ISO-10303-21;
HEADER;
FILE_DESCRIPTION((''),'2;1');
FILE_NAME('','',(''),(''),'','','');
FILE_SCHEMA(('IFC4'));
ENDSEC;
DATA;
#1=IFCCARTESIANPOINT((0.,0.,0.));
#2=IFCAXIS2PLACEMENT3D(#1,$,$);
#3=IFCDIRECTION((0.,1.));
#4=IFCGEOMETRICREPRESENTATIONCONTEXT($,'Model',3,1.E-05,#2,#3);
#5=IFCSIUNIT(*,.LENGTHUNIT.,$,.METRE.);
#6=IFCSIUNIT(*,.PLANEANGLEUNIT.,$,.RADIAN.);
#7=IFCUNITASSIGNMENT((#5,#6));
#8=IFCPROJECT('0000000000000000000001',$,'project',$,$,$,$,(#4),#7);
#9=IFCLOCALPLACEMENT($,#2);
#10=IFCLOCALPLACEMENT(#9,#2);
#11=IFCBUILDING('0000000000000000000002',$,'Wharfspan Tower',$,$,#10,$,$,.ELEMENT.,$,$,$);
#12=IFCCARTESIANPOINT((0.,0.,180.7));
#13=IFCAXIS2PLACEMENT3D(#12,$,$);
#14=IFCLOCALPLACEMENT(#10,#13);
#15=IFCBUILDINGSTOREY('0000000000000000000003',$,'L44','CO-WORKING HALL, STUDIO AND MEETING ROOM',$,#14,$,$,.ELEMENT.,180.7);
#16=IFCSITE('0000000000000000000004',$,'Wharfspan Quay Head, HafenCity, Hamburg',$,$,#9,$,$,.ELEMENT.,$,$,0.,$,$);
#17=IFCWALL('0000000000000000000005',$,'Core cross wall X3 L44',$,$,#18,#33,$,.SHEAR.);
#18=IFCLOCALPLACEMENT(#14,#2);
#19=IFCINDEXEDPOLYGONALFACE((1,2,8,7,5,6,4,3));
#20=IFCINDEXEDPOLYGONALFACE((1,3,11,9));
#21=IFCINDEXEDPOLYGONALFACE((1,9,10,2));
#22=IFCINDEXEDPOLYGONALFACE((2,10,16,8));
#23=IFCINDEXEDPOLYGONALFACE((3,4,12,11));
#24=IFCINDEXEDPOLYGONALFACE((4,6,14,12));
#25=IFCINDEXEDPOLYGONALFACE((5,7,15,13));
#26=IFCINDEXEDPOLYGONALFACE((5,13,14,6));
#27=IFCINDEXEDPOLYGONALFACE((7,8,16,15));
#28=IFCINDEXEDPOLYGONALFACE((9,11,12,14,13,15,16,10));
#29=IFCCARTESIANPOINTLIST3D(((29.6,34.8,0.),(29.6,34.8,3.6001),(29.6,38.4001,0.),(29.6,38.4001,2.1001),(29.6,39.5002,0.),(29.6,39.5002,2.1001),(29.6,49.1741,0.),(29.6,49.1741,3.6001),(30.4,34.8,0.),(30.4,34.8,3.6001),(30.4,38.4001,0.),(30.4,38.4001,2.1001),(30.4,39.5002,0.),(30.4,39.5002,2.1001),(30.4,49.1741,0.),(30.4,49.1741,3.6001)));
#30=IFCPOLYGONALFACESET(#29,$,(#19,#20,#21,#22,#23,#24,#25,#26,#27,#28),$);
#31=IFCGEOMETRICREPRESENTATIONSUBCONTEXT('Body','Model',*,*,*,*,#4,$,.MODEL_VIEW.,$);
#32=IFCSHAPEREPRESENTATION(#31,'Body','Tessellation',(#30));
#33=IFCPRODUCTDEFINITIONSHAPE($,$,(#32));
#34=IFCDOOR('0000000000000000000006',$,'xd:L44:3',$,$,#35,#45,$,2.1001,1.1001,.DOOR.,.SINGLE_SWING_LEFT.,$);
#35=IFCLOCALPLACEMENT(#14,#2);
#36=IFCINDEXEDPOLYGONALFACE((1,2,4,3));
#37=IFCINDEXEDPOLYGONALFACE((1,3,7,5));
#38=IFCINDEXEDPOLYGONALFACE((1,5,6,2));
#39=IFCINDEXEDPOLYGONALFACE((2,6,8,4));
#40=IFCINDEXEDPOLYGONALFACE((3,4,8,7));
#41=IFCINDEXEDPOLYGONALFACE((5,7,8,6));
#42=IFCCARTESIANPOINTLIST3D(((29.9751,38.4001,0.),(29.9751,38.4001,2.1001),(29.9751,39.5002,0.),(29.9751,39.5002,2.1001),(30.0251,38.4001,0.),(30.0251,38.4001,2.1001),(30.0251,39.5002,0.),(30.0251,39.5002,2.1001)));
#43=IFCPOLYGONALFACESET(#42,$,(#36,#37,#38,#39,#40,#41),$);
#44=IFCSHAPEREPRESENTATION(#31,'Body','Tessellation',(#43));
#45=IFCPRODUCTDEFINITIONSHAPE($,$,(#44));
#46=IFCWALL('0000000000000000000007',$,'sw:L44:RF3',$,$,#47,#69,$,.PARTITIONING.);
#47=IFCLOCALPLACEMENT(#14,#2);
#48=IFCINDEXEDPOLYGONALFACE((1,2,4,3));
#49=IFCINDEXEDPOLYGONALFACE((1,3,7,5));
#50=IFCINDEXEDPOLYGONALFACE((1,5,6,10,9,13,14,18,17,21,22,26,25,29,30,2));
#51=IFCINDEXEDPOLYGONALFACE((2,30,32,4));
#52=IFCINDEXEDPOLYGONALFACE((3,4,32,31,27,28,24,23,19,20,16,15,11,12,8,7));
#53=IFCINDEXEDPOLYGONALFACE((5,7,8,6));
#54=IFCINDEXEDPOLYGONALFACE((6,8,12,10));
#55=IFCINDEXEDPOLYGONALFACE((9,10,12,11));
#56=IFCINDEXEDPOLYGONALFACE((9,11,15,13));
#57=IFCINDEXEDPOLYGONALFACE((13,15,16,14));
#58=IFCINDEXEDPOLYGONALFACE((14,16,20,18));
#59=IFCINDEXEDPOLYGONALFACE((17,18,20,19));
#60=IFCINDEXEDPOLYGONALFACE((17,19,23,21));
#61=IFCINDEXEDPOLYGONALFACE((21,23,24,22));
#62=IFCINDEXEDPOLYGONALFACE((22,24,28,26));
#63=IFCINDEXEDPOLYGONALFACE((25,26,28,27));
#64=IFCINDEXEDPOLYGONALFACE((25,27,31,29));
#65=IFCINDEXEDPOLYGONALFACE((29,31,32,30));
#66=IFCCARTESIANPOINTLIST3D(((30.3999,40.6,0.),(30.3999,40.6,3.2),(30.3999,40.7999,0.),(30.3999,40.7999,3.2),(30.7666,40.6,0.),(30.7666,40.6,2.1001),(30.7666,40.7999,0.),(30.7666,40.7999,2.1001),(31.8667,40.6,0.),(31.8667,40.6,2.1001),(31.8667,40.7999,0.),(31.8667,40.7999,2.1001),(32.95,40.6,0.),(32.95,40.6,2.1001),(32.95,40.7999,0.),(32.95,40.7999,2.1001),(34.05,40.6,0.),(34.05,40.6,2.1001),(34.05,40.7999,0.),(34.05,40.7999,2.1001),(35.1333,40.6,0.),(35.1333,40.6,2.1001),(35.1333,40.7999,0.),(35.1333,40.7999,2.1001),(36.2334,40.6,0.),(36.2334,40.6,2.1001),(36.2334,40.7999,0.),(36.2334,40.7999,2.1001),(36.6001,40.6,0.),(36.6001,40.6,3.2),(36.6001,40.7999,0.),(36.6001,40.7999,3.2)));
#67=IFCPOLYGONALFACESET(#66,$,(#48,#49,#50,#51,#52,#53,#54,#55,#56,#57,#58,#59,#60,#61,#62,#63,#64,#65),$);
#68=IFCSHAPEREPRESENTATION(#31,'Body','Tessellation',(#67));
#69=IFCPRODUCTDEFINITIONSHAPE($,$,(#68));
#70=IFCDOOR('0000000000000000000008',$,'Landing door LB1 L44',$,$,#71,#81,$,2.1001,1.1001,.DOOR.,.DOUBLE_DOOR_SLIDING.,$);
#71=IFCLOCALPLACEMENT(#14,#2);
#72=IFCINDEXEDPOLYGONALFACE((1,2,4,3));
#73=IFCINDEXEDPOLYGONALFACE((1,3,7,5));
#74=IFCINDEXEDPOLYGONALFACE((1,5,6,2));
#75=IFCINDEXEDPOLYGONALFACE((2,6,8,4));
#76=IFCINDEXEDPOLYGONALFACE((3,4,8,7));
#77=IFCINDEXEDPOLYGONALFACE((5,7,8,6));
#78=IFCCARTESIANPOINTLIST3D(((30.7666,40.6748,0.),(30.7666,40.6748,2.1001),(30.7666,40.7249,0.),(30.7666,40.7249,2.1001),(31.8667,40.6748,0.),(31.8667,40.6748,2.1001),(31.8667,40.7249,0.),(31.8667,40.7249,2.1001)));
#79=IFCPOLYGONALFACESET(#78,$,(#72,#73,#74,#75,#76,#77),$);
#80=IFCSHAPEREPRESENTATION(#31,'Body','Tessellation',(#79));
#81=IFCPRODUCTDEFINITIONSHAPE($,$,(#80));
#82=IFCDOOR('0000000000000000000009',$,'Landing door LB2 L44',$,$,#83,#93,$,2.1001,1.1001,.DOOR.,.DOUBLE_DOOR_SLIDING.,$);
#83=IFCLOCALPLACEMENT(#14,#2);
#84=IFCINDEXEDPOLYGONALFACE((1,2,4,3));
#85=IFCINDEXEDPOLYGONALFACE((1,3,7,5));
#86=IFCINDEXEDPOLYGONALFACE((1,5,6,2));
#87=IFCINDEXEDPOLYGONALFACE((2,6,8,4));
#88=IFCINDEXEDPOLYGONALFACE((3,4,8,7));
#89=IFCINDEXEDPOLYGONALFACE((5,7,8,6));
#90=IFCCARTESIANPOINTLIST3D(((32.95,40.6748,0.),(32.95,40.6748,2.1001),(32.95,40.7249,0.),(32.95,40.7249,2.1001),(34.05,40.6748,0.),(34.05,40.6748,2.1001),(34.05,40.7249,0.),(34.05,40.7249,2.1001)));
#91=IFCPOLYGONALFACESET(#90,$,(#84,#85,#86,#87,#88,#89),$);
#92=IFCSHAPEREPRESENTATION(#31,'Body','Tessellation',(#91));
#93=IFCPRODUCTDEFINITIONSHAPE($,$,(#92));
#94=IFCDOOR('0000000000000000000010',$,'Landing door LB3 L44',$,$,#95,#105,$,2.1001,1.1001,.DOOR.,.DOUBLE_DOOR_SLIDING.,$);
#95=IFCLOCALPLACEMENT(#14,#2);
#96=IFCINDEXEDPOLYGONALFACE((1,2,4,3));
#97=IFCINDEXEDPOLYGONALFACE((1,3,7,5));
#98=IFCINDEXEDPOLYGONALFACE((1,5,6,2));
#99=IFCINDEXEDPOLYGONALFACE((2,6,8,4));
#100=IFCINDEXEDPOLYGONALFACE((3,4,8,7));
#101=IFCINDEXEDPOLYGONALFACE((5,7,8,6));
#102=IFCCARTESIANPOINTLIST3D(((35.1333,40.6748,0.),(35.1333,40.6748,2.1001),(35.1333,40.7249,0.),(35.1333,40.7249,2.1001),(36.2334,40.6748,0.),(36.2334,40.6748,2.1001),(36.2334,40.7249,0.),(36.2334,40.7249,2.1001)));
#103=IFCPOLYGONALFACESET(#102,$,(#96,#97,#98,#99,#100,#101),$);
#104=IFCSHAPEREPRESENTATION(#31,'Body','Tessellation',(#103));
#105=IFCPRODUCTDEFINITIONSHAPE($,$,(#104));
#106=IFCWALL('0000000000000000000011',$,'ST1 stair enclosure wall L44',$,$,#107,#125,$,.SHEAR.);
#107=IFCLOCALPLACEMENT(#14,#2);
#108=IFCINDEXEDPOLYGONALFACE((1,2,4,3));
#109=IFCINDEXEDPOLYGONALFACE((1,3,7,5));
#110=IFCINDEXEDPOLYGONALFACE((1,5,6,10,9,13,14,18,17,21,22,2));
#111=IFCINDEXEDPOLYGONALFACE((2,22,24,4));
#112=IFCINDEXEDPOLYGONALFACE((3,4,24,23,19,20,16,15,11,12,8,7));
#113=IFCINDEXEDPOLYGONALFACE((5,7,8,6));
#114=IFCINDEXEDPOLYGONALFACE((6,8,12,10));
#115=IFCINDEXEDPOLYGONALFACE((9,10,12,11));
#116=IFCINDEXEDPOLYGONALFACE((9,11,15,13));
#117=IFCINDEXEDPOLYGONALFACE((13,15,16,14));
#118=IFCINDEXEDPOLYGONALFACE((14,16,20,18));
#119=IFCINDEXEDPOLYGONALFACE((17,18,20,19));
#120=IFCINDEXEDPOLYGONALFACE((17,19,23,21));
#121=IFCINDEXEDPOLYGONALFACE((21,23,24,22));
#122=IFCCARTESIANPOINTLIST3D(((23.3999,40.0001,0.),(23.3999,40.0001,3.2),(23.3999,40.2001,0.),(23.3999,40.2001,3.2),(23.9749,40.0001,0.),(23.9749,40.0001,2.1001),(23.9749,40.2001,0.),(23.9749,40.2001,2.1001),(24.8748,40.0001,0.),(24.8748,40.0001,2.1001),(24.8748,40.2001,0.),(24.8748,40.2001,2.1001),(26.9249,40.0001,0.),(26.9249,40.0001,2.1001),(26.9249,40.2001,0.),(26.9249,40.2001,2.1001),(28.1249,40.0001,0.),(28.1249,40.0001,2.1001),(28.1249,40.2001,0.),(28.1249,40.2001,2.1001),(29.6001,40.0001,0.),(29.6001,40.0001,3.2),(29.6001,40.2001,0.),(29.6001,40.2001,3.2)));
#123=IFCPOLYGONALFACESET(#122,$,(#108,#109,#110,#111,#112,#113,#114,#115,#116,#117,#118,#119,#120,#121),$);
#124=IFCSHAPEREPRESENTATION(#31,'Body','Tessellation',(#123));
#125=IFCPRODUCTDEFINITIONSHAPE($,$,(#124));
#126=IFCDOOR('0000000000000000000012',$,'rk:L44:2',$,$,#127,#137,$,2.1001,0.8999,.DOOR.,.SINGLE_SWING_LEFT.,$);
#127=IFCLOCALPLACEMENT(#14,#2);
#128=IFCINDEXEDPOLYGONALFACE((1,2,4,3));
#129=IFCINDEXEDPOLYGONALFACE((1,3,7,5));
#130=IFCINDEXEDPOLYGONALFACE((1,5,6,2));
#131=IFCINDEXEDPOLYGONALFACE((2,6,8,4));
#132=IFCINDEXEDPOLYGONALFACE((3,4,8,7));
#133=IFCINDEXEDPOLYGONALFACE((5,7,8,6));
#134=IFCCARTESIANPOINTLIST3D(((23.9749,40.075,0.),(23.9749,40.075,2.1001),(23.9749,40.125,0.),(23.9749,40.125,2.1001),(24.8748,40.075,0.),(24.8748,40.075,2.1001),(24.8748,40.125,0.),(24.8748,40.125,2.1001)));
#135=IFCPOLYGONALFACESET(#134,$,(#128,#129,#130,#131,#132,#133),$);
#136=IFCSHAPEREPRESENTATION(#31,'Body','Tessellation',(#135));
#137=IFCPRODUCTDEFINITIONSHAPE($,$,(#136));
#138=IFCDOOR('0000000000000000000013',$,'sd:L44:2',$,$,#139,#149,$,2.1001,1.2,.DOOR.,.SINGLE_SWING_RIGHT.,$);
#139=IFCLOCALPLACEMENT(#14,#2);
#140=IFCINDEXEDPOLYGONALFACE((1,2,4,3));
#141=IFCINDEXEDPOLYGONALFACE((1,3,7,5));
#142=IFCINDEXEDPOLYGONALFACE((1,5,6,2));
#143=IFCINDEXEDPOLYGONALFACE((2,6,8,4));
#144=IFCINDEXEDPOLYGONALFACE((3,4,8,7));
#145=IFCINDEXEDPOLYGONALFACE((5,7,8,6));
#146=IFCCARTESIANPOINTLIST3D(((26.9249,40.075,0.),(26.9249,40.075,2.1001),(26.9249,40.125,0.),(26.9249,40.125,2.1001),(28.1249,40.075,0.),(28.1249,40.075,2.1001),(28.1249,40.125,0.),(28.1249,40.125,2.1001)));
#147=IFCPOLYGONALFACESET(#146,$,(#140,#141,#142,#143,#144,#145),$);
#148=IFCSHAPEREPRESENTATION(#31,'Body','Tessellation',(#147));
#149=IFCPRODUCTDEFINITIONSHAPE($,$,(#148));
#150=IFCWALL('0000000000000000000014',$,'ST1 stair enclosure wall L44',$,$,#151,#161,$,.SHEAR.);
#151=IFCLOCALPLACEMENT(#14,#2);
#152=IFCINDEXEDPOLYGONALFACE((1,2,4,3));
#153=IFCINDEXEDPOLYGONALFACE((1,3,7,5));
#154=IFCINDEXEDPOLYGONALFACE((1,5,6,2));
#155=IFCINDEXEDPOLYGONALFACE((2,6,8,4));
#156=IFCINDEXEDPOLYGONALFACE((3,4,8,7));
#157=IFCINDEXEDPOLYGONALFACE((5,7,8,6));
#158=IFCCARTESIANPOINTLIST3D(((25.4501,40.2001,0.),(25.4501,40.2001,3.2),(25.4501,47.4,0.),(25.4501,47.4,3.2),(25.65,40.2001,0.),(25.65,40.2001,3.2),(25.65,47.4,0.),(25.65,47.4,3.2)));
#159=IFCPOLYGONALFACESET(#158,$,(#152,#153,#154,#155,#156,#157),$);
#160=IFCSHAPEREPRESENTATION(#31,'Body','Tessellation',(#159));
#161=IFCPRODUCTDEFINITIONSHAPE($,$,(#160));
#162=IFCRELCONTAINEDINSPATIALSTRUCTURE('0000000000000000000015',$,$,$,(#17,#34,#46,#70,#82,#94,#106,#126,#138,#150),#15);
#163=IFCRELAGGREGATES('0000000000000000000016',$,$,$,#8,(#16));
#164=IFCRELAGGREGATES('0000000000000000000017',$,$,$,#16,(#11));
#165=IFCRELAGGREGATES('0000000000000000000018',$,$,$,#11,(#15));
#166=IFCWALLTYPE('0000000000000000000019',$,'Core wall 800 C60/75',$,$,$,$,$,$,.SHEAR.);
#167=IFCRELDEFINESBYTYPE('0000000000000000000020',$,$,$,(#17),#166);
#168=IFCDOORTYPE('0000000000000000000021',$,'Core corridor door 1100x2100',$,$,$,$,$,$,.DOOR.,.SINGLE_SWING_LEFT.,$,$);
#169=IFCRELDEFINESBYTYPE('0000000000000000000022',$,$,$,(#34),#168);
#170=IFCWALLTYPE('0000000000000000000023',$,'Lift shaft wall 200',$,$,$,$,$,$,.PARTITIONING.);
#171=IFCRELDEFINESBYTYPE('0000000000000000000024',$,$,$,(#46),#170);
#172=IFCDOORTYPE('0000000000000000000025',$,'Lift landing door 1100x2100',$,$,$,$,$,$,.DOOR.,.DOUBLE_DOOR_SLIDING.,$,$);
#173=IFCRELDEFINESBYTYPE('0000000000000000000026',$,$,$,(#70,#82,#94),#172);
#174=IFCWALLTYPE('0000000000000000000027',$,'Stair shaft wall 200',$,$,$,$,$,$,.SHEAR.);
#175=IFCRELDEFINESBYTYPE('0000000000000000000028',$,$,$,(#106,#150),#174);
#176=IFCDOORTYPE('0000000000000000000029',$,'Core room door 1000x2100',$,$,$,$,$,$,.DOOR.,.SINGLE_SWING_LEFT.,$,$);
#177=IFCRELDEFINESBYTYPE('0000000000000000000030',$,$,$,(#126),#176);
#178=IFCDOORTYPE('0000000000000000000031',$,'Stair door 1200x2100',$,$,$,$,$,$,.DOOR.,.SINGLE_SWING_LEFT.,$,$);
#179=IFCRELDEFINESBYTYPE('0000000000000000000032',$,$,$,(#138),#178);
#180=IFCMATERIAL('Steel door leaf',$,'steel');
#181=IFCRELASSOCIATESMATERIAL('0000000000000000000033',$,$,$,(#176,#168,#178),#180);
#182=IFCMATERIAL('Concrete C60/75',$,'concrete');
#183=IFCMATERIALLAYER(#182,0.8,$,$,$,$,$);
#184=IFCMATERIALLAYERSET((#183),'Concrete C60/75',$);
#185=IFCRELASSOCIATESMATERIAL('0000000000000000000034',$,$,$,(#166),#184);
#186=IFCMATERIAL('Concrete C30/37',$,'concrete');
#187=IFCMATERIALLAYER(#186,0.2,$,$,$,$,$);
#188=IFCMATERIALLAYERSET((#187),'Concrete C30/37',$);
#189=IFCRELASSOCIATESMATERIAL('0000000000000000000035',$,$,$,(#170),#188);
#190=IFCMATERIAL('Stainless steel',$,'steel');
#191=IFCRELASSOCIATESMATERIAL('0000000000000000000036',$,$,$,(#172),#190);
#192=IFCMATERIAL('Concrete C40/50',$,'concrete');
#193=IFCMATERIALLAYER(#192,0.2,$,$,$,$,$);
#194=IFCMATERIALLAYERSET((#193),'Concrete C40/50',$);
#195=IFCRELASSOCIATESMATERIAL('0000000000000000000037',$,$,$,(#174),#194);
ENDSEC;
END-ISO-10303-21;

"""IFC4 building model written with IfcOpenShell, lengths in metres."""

from ifc_helpers import new_model, si_unit, direction, frame, frame_2d, origin, place, context, subcontext, project, spatial, rectangle, extrude, material, layer, layer_set, type_object, element, fill, save


model = new_model("IFC4")

# Units and contexts
model_context = context("Model", 3, precision=1e-05, world=origin(), true_north=direction((0.0, 1.0)))
body_context = subcontext(model_context, "Body", "Model", "MODEL_VIEW")
ifc_project = project(units=[si_unit("LENGTHUNIT", "METRE"), si_unit("PLANEANGLEUNIT", "RADIAN")], contexts=[model_context])

# Site, building, storey
site_placement = place(None, origin())
site = spatial("IfcSite", under=ifc_project, at=site_placement, Name="Wharfspan Quay Head, HafenCity, Hamburg", CompositionType="ELEMENT", RefElevation=0.0)
building_placement = place(site_placement, origin())
building = spatial("IfcBuilding", under=site, at=building_placement, Name="Wharfspan Tower", CompositionType="ELEMENT")
storey_placement = place(building_placement, frame((0.0, 0.0, 180.7)))
storey = spatial("IfcBuildingStorey", under=building, at=storey_placement, Name="L44", Description="CO-WORKING HALL, STUDIO AND MEETING ROOM", CompositionType="ELEMENT", Elevation=180.7)

# Shared definitions
ifc_material_1 = material(Name="Concrete C60/75", Category="concrete")

# Wall, opening, door
ifc_material_2 = material(Name="Steel door leaf", Category="steel")
door_type_1 = type_object("IfcDoorType", Name="Core room door 1000x2100", OperationType="SINGLE_SWING_LEFT", PredefinedType="DOOR", material=ifc_material_2)
ifc_layer_1 = layer(ifc_material_1, 0.8)
ifc_layer_set_1 = layer_set([ifc_layer_1], Name="Concrete C60/75")
wall_type_1 = type_object("IfcWallType", Name="Core wall 800 C60/75", PredefinedType="SHEAR", material=ifc_layer_set_1)
wall_1_placement = place(storey_placement, frame((30.0, 34.8, 0.0), z_axis=(0.0, 0.0, 1.0), x_axis=(0.0, 1.0, 0.0)))
wall_1 = element("IfcWall", 1, at=wall_1_placement, inside=storey, type_object=wall_type_1, Name="Core cross wall X3 L44", PredefinedType="SHEAR", context=body_context, shape_type="SweptSolid", body=[
    extrude(rectangle(XDim=14.374, YDim=0.8, at=frame_2d((7.187, 0.0))), origin(), (0.0, 0.0, 1.0), 3.6001),
])
opening_1_placement = place(wall_1_placement, frame((3.6001, 0.0, 0.0)))
opening_1 = element("IfcOpeningElement", 2, at=opening_1_placement, cuts=wall_1, PredefinedType="OPENING", context=body_context, shape_type="SweptSolid", body=[
    extrude(rectangle(XDim=1.1001, YDim=2.1001, at=frame_2d((0.55, 1.05))), frame((0.0, 0.4099, 0.0), z_axis=(0.0, -1.0, 0.0), x_axis=(1.0, 0.0, 0.0)), (0.0, 0.0, 1.0), 0.8201),
])
door_type_2 = type_object("IfcDoorType", Name="Core corridor door 1100x2100", OperationType="SINGLE_SWING_LEFT", PredefinedType="DOOR", material=ifc_material_2)
door_1_placement = place(opening_1_placement, origin())
door_1 = element("IfcDoor", 3, at=door_1_placement, inside=storey, type_object=door_type_2, Name="xd:L44:3", OperationType="SINGLE_SWING_LEFT", OverallHeight=2.1001, OverallWidth=1.1001, PredefinedType="DOOR", context=body_context, shape_type="SweptSolid", body=[
    extrude(rectangle(XDim=1.1001, YDim=2.1001, at=frame_2d((0.55, 1.05))), frame((0.0, 0.0249, 0.0), z_axis=(0.0, -1.0, 0.0), x_axis=(1.0, 0.0, 0.0)), (0.0, 0.0, 1.0), 0.05),
])
fill(opening_1, door_1)

# Walls, openings, doors
ifc_material_3 = material(Name="Concrete C30/37", Category="concrete")
ifc_layer_2 = layer(ifc_material_3, 0.2)
ifc_layer_set_2 = layer_set([ifc_layer_2], Name="Concrete C30/37")
wall_type_2 = type_object("IfcWallType", Name="Lift shaft wall 200", PredefinedType="PARTITIONING", material=ifc_layer_set_2)
wall_2_placement = place(storey_placement, frame((30.3999, 40.7, 0.0), z_axis=(0.0, 0.0, 1.0), x_axis=(1.0, 0.0, 0.0)))
wall_2 = element("IfcWall", 4, at=wall_2_placement, inside=storey, type_object=wall_type_2, Name="sw:L44:RF3", PredefinedType="PARTITIONING", context=body_context, shape_type="SweptSolid", body=[
    extrude(rectangle(XDim=6.2002, YDim=0.2, at=frame_2d((3.1001, 0.0))), origin(), (0.0, 0.0, 1.0), 3.2),
])
opening_2_placement = place(wall_2_placement, frame((0.3667, 0.0, 0.0)))
opening_2 = element("IfcOpeningElement", 5, at=opening_2_placement, cuts=wall_2, PredefinedType="OPENING", context=body_context, shape_type="SweptSolid", body=[
    extrude(rectangle(XDim=1.1001, YDim=2.1001, at=frame_2d((0.55, 1.05))), frame((0.0, 0.1099, 0.0), z_axis=(0.0, -1.0, 0.0), x_axis=(1.0, 0.0, 0.0)), (0.0, 0.0, 1.0), 0.22),
])
opening_3_placement = place(wall_2_placement, frame((2.55, 0.0, 0.0)))
opening_3 = element("IfcOpeningElement", 6, at=opening_3_placement, cuts=wall_2, PredefinedType="OPENING", context=body_context, shape_type="SweptSolid", body=[
    extrude(rectangle(XDim=1.1001, YDim=2.1001, at=frame_2d((0.55, 1.05))), frame((0.0, 0.1099, 0.0), z_axis=(0.0, -1.0, 0.0), x_axis=(1.0, 0.0, 0.0)), (0.0, 0.0, 1.0), 0.22),
])
opening_4_placement = place(wall_2_placement, frame((4.7334, 0.0, 0.0)))
opening_4 = element("IfcOpeningElement", 7, at=opening_4_placement, cuts=wall_2, PredefinedType="OPENING", context=body_context, shape_type="SweptSolid", body=[
    extrude(rectangle(XDim=1.1001, YDim=2.1001, at=frame_2d((0.55, 1.05))), frame((0.0, 0.1099, 0.0), z_axis=(0.0, -1.0, 0.0), x_axis=(1.0, 0.0, 0.0)), (0.0, 0.0, 1.0), 0.22),
])
ifc_material_4 = material(Name="Stainless steel", Category="steel")
door_type_3 = type_object("IfcDoorType", Name="Lift landing door 1100x2100", OperationType="DOUBLE_DOOR_SLIDING", PredefinedType="DOOR", material=ifc_material_4)
door_2_placement = place(opening_2_placement, origin())
door_2 = element("IfcDoor", 8, at=door_2_placement, inside=storey, type_object=door_type_3, Name="Landing door LB1 L44", OperationType="DOUBLE_DOOR_SLIDING", OverallHeight=2.1001, OverallWidth=1.1001, PredefinedType="DOOR", context=body_context, shape_type="SweptSolid", body=[
    extrude(rectangle(XDim=1.1001, YDim=2.1001, at=frame_2d((0.55, 1.05))), frame((0.0, 0.0249, 0.0), z_axis=(0.0, -1.0, 0.0), x_axis=(1.0, 0.0, 0.0)), (0.0, 0.0, 1.0), 0.05),
])
fill(opening_2, door_2)
door_3_placement = place(opening_3_placement, origin())
door_3 = element("IfcDoor", 9, at=door_3_placement, inside=storey, type_object=door_type_3, Name="Landing door LB2 L44", OperationType="DOUBLE_DOOR_SLIDING", OverallHeight=2.1001, OverallWidth=1.1001, PredefinedType="DOOR", context=body_context, shape_type="SweptSolid", body=[
    extrude(rectangle(XDim=1.1001, YDim=2.1001, at=frame_2d((0.55, 1.05))), frame((0.0, 0.0249, 0.0), z_axis=(0.0, -1.0, 0.0), x_axis=(1.0, 0.0, 0.0)), (0.0, 0.0, 1.0), 0.05),
])
fill(opening_3, door_3)
door_4_placement = place(opening_4_placement, origin())
door_4 = element("IfcDoor", 10, at=door_4_placement, inside=storey, type_object=door_type_3, Name="Landing door LB3 L44", OperationType="DOUBLE_DOOR_SLIDING", OverallHeight=2.1001, OverallWidth=1.1001, PredefinedType="DOOR", context=body_context, shape_type="SweptSolid", body=[
    extrude(rectangle(XDim=1.1001, YDim=2.1001, at=frame_2d((0.55, 1.05))), frame((0.0, 0.0249, 0.0), z_axis=(0.0, -1.0, 0.0), x_axis=(1.0, 0.0, 0.0)), (0.0, 0.0, 1.0), 0.05),
])
fill(opening_4, door_4)
ifc_material_5 = material(Name="Concrete C40/50", Category="concrete")
ifc_layer_3 = layer(ifc_material_5, 0.2)
ifc_layer_set_3 = layer_set([ifc_layer_3], Name="Concrete C40/50")
wall_type_3 = type_object("IfcWallType", Name="Stair shaft wall 200", PredefinedType="SHEAR", material=ifc_layer_set_3)
wall_3_placement = place(storey_placement, frame((23.3999, 40.1001, 0.0), z_axis=(0.0, 0.0, 1.0), x_axis=(1.0, 0.0, 0.0)))
wall_3 = element("IfcWall", 11, at=wall_3_placement, inside=storey, type_object=wall_type_3, Name="ST1 stair enclosure wall L44", PredefinedType="SHEAR", context=body_context, shape_type="SweptSolid", body=[
    extrude(rectangle(XDim=6.2002, YDim=0.2, at=frame_2d((3.1001, 0.0))), origin(), (0.0, 0.0, 1.0), 3.2),
])
opening_5_placement = place(wall_3_placement, frame((3.5249, 0.0, 0.0)))
opening_5 = element("IfcOpeningElement", 12, at=opening_5_placement, cuts=wall_3, PredefinedType="OPENING", context=body_context, shape_type="SweptSolid", body=[
    extrude(rectangle(XDim=1.2, YDim=2.1001, at=frame_2d((0.6001, 1.05))), frame((0.0, 0.1099, 0.0), z_axis=(0.0, -1.0, 0.0), x_axis=(1.0, 0.0, 0.0)), (0.0, 0.0, 1.0), 0.22),
])
opening_6_placement = place(wall_3_placement, frame((0.575, 0.0, 0.0)))
opening_6 = element("IfcOpeningElement", 13, at=opening_6_placement, cuts=wall_3, PredefinedType="OPENING", context=body_context, shape_type="SweptSolid", body=[
    extrude(rectangle(XDim=0.8999, YDim=2.1001, at=frame_2d((0.45, 1.05))), frame((0.0, 0.1099, 0.0), z_axis=(0.0, -1.0, 0.0), x_axis=(1.0, 0.0, 0.0)), (0.0, 0.0, 1.0), 0.22),
])
door_5_placement = place(opening_6_placement, origin())
door_5 = element("IfcDoor", 14, at=door_5_placement, inside=storey, type_object=door_type_1, Name="rk:L44:2", OperationType="SINGLE_SWING_LEFT", OverallHeight=2.1001, OverallWidth=0.8999, PredefinedType="DOOR", context=body_context, shape_type="SweptSolid", body=[
    extrude(rectangle(XDim=0.8999, YDim=2.1001, at=frame_2d((0.45, 1.05))), frame((0.0, 0.0249, 0.0), z_axis=(0.0, -1.0, 0.0), x_axis=(1.0, 0.0, 0.0)), (0.0, 0.0, 1.0), 0.05),
])
fill(opening_6, door_5)
door_type_4 = type_object("IfcDoorType", Name="Stair door 1200x2100", OperationType="SINGLE_SWING_LEFT", PredefinedType="DOOR", material=ifc_material_2)
door_6_placement = place(opening_5_placement, origin())
door_6 = element("IfcDoor", 15, at=door_6_placement, inside=storey, type_object=door_type_4, Name="sd:L44:2", OperationType="SINGLE_SWING_RIGHT", OverallHeight=2.1001, OverallWidth=1.2, PredefinedType="DOOR", context=body_context, shape_type="SweptSolid", body=[
    extrude(rectangle(XDim=1.2, YDim=2.1001, at=frame_2d((0.6001, 1.05))), frame((0.0, 0.0249, 0.0), z_axis=(0.0, -1.0, 0.0), x_axis=(1.0, 0.0, 0.0)), (0.0, 0.0, 1.0), 0.05),
])
fill(opening_5, door_6)

# Wall
wall_4_placement = place(storey_placement, frame((25.55, 40.2, 0.0), z_axis=(0.0, 0.0, 1.0), x_axis=(0.0, 1.0, 0.0)))
element("IfcWall", 16, at=wall_4_placement, inside=storey, type_object=wall_type_3, Name="ST1 stair enclosure wall L44", PredefinedType="SHEAR", context=body_context, shape_type="SweptSolid", body=[
    extrude(rectangle(XDim=7.2, YDim=0.2, at=frame_2d((3.6001, 0.0))), origin(), (0.0, 0.0, 1.0), 3.2),
])

save(model, "model.ifc")
